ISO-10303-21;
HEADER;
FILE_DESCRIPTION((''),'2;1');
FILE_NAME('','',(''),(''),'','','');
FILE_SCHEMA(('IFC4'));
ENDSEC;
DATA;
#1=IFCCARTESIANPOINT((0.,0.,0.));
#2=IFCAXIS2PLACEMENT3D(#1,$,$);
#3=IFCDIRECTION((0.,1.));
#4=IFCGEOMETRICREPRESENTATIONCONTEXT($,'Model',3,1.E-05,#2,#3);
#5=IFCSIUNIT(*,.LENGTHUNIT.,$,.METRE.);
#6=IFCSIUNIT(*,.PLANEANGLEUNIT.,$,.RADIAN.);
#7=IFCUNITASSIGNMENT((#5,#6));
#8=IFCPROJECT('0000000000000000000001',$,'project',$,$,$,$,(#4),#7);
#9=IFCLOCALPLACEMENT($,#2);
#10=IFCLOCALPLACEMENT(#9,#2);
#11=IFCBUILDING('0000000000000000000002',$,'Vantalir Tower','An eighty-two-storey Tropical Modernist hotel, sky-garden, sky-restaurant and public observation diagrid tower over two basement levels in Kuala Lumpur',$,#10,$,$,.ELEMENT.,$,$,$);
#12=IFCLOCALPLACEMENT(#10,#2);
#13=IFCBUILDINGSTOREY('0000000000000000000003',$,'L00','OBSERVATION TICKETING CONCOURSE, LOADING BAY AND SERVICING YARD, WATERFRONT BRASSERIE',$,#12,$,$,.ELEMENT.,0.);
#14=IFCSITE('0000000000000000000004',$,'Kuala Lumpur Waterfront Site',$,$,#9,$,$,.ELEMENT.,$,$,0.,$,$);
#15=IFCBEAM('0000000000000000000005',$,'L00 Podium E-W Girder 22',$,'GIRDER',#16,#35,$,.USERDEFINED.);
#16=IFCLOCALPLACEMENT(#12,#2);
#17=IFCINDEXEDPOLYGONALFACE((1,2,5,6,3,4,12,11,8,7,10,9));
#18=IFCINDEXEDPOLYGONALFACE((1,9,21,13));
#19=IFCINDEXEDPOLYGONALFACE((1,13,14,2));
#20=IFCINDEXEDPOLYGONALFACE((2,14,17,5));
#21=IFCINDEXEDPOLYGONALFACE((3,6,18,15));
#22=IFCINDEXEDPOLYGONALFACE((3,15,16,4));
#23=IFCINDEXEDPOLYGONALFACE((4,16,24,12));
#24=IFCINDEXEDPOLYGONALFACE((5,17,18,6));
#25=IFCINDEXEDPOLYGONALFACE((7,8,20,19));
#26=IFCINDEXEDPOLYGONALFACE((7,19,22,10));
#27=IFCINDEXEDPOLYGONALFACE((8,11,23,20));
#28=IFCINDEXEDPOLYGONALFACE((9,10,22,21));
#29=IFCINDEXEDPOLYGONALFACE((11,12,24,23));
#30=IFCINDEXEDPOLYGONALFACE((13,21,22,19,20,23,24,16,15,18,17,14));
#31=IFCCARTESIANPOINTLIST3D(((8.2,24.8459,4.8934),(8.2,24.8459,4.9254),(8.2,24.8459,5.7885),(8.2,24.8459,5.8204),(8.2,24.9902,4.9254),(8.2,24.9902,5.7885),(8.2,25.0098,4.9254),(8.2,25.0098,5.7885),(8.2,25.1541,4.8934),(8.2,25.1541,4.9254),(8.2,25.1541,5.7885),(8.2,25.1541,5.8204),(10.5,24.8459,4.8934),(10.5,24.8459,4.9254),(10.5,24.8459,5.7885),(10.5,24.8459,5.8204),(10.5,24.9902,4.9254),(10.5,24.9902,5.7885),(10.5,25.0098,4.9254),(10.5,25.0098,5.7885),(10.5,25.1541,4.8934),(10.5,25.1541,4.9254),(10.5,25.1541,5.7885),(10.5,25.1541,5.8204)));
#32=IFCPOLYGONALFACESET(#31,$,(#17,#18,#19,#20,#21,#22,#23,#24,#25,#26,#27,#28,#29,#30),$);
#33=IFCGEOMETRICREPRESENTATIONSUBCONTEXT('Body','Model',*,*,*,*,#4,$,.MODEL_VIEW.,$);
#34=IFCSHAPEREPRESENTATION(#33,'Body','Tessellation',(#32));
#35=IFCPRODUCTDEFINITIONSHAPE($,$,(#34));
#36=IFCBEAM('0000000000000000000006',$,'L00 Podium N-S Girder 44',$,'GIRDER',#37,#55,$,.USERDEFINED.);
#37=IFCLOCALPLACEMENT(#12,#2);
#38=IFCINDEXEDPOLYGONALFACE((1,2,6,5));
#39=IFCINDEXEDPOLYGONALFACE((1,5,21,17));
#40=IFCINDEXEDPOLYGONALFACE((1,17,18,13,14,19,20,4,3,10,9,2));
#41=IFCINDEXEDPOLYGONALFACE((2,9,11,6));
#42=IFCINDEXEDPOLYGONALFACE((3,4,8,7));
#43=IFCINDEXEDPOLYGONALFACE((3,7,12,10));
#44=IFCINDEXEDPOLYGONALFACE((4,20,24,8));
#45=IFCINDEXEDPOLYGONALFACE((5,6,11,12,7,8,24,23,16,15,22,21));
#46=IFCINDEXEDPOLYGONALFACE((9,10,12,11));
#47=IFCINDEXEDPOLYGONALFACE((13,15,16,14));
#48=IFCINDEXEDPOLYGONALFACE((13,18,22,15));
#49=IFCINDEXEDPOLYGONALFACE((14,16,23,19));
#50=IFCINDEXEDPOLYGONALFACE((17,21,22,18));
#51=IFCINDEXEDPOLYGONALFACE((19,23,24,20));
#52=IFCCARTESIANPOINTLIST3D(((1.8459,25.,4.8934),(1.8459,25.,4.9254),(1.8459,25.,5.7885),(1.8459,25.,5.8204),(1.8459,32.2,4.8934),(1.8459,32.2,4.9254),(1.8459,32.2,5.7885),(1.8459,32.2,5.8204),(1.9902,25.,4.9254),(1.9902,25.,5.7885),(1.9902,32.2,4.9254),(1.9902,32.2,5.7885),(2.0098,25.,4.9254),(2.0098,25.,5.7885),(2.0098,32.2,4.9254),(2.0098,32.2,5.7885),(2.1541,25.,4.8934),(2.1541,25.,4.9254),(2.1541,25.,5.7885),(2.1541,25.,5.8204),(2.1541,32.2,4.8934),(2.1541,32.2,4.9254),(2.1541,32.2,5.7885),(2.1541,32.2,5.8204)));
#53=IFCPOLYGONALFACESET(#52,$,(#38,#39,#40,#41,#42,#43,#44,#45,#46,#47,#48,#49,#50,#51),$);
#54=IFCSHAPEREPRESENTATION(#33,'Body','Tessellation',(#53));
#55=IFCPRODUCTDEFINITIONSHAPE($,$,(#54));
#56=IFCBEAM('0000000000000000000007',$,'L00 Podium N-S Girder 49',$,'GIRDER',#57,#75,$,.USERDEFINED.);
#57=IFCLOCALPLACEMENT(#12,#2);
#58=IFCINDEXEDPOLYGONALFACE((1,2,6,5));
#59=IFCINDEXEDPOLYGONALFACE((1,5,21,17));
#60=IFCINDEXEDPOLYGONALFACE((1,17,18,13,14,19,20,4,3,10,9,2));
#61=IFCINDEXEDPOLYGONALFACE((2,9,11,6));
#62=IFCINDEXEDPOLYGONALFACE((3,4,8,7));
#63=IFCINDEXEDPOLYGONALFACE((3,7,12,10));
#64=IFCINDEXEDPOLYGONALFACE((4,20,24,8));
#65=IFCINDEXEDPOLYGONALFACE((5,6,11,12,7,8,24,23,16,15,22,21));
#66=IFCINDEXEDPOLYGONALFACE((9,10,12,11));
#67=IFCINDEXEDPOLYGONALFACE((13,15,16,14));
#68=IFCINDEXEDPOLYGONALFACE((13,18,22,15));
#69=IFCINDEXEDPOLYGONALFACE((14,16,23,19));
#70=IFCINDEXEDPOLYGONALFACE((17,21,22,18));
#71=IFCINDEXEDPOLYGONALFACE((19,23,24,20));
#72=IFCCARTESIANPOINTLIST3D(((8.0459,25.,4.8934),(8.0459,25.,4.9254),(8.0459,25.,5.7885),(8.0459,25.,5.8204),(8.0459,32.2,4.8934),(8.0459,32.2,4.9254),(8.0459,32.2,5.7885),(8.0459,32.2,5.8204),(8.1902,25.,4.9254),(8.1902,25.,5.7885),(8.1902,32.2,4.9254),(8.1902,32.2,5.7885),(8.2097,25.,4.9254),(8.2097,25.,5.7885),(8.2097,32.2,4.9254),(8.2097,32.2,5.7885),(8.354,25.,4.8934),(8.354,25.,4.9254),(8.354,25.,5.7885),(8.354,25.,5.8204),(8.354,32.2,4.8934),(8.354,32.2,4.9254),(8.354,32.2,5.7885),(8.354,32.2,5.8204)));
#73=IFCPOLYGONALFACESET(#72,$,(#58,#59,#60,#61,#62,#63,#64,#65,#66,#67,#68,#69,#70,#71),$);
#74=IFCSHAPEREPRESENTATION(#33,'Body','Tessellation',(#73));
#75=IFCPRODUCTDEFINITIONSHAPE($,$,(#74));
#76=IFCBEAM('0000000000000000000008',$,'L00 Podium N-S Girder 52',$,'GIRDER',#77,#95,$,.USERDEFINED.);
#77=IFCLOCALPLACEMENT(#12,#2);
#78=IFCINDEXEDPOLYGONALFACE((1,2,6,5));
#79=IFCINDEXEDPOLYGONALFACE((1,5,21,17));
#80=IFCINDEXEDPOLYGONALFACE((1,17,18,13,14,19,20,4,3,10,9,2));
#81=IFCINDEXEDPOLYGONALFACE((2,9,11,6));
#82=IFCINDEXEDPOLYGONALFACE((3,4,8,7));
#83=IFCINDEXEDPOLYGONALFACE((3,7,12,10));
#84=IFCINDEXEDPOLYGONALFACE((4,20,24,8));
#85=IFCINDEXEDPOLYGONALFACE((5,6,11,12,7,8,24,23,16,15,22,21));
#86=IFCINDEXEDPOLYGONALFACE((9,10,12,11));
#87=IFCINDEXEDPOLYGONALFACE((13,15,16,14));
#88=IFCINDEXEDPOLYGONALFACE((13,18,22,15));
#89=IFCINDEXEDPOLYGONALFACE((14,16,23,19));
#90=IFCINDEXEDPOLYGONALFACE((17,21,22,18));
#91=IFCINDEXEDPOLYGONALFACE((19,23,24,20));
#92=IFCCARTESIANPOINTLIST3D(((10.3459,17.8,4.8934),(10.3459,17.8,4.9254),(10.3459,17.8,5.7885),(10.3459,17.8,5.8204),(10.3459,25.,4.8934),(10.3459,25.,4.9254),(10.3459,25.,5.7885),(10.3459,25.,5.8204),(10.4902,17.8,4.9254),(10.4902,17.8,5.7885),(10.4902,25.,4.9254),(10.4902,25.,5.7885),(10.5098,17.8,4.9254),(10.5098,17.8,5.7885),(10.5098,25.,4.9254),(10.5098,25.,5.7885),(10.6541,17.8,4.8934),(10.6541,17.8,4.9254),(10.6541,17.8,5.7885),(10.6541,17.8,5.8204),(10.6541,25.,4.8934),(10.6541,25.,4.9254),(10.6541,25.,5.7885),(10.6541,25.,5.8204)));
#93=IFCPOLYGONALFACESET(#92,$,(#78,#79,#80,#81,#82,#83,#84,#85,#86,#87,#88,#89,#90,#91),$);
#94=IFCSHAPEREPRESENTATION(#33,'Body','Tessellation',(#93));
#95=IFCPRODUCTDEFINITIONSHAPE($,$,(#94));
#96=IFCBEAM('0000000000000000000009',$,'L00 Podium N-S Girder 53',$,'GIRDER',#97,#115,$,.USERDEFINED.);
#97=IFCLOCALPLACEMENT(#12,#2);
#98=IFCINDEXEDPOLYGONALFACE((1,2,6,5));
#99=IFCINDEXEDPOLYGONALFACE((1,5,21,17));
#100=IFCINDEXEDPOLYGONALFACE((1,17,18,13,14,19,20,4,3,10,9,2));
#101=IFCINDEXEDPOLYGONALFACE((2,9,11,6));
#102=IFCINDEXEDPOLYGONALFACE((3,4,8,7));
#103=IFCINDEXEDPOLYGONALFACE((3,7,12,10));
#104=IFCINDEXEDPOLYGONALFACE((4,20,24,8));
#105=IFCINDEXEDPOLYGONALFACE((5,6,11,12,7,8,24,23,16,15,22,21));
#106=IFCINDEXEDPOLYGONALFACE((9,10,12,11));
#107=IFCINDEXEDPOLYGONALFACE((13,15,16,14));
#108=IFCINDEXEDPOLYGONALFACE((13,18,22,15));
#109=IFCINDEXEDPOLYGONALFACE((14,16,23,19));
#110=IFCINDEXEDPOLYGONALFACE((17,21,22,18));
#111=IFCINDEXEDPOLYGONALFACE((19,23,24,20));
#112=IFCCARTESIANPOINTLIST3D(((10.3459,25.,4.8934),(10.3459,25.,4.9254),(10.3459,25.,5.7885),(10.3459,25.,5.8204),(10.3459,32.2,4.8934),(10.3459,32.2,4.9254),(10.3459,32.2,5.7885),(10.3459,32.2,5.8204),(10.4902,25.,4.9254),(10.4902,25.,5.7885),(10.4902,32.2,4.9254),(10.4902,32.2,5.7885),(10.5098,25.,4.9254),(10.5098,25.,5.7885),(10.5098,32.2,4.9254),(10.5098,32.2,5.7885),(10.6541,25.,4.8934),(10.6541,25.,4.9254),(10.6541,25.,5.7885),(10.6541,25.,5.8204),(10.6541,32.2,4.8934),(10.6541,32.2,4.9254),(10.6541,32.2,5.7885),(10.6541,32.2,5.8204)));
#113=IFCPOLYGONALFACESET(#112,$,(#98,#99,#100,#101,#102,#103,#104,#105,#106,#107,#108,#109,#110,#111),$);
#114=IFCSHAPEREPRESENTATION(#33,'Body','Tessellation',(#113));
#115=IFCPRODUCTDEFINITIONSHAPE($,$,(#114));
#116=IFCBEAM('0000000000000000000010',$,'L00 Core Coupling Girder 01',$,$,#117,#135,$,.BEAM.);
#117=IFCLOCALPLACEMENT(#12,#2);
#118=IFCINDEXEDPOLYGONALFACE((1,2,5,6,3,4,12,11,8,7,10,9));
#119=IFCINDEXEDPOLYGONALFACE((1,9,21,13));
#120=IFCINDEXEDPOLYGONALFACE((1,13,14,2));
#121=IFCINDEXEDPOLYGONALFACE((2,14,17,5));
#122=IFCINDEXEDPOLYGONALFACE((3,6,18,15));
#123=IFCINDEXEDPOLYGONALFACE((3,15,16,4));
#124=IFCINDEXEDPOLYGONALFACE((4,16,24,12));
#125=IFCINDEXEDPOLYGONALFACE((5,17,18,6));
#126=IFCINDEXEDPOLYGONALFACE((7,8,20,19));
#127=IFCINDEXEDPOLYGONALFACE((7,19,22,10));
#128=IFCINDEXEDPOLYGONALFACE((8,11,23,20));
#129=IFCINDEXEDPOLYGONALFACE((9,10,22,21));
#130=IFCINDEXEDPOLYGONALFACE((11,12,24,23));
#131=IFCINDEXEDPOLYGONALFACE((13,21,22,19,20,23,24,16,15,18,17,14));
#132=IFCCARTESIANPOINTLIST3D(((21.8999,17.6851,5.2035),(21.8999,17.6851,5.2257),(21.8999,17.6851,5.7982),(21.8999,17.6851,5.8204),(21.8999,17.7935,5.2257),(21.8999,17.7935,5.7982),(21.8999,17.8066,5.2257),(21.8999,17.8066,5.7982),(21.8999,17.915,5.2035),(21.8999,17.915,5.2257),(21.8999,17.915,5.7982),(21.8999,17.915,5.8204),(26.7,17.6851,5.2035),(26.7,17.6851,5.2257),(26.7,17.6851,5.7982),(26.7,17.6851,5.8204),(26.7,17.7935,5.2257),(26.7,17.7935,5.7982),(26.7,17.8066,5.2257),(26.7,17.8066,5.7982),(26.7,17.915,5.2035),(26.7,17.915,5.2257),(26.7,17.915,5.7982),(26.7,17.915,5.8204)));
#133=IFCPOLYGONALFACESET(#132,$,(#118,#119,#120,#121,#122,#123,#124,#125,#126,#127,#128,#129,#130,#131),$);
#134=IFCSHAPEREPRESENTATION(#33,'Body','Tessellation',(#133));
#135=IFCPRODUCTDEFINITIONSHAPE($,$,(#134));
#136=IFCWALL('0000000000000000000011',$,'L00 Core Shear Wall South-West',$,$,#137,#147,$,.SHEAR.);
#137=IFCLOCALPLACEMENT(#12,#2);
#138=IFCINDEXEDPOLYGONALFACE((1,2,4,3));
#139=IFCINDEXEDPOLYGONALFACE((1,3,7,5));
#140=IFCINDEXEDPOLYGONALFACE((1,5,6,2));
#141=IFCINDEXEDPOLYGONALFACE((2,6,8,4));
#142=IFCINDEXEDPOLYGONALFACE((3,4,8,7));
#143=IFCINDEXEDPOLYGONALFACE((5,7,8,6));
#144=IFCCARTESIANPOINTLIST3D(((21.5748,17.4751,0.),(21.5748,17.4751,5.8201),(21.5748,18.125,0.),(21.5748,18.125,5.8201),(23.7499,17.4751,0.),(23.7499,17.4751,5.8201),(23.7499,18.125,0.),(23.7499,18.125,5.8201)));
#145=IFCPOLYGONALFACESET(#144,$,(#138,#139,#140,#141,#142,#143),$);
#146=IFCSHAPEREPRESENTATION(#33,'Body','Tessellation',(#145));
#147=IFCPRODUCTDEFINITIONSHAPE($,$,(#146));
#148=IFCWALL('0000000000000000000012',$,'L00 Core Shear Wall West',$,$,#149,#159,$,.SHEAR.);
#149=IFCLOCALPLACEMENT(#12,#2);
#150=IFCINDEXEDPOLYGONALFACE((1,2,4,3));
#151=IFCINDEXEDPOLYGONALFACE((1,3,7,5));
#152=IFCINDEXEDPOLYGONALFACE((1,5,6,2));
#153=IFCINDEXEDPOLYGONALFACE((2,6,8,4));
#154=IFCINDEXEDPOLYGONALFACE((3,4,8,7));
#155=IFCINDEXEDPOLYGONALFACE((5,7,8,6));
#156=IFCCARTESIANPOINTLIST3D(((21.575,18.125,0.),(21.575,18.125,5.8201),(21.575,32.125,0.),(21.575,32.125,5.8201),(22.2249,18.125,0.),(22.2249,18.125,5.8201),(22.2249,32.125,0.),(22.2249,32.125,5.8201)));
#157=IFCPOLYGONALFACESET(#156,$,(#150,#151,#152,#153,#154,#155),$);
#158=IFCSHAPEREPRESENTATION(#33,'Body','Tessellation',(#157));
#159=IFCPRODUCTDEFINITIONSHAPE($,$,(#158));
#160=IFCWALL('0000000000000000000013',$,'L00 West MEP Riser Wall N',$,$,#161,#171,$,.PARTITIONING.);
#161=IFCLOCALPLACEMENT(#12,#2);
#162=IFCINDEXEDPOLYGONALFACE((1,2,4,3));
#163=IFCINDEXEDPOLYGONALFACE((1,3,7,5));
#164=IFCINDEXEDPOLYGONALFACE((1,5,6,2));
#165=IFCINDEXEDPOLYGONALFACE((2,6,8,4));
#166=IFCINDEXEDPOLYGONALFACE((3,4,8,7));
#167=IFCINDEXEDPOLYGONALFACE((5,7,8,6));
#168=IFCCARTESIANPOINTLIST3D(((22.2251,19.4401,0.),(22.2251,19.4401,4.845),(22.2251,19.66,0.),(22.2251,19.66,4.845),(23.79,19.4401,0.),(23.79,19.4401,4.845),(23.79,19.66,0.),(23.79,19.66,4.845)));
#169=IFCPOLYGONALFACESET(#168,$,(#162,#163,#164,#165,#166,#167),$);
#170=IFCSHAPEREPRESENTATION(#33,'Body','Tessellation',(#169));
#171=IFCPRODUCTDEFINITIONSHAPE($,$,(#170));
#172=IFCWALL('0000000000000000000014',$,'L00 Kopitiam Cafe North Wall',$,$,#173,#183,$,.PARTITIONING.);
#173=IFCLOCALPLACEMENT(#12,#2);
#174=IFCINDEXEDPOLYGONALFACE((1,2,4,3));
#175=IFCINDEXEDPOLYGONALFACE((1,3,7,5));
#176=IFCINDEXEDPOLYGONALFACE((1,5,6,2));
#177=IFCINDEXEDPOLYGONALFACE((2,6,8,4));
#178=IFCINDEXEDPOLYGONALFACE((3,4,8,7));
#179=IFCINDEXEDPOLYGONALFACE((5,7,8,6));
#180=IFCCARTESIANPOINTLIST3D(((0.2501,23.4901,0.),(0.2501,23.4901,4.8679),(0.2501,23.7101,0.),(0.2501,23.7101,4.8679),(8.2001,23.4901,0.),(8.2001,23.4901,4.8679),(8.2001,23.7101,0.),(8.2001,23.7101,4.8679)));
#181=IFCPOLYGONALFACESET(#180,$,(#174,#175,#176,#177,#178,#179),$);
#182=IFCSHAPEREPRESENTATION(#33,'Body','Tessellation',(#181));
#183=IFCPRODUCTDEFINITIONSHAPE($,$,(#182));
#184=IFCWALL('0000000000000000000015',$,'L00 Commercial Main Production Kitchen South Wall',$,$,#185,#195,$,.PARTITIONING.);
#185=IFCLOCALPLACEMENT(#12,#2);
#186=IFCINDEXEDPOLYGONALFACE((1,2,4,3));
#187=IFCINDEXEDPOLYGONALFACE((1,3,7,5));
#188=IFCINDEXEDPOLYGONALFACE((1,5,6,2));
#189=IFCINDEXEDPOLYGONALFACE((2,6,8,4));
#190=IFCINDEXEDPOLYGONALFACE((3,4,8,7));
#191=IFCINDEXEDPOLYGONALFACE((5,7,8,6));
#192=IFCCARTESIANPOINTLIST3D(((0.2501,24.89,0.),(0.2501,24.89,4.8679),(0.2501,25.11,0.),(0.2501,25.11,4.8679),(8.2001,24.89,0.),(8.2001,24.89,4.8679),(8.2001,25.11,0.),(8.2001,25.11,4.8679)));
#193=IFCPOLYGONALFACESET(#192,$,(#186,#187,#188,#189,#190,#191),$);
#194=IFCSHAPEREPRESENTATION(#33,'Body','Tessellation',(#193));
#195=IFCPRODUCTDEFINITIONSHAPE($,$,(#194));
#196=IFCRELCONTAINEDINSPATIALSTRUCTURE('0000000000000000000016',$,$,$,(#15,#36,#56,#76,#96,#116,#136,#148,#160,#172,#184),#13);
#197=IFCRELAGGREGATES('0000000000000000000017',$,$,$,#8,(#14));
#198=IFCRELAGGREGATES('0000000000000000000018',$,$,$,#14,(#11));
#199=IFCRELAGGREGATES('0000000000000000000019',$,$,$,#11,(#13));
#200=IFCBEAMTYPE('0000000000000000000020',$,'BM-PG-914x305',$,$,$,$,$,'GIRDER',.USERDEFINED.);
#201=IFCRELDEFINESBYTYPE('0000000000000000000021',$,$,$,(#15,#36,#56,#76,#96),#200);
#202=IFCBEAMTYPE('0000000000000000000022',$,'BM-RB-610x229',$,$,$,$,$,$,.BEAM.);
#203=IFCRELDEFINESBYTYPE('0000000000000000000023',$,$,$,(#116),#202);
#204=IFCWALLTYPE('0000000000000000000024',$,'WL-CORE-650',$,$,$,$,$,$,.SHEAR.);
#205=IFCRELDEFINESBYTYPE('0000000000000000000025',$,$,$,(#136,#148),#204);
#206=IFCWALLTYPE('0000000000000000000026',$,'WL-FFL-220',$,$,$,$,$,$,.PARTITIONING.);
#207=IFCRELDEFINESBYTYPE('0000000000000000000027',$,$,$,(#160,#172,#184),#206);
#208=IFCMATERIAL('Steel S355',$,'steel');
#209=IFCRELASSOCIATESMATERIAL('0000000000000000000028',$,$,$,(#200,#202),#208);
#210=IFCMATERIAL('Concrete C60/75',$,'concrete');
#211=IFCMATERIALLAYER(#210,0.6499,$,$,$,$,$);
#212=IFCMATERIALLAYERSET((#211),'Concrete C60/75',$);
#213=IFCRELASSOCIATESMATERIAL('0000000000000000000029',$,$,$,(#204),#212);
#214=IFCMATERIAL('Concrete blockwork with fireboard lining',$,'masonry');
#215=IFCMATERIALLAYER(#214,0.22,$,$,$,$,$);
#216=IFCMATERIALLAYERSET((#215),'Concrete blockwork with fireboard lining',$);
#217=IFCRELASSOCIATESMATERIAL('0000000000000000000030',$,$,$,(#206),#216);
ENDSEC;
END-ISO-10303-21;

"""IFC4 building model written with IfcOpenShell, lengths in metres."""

from ifc_helpers import new_model, si_unit, direction, frame, frame_2d, origin, origin_2d, place, context, subcontext, project, spatial, rectangle, i_section, extrude, material, layer, layer_set, material_profile, profile_set, type_object, element, save


model = new_model("IFC4")

# Units and contexts
model_context = context("Model", 3, precision=1e-05, world=origin(), true_north=direction((0.0, 1.0)))
body_context = subcontext(model_context, "Body", "Model", "MODEL_VIEW")
ifc_project = project(units=[si_unit("LENGTHUNIT", "METRE"), si_unit("PLANEANGLEUNIT", "RADIAN")], contexts=[model_context])

# Site, building, storey
site_placement = place(None, origin())
site = spatial("IfcSite", under=ifc_project, at=site_placement, Name="Kuala Lumpur Waterfront Site", CompositionType="ELEMENT", RefElevation=0.0)
building_placement = place(site_placement, origin())
building = spatial("IfcBuilding", under=site, at=building_placement, Name="Vantalir Tower", Description="An eighty-two-storey Tropical Modernist hotel, sky-garden, sky-restaurant and public observation diagrid tower over two basement levels in Kuala Lumpur", CompositionType="ELEMENT")
storey_placement = place(building_placement, origin())
storey = spatial("IfcBuildingStorey", under=building, at=storey_placement, Name="L00", Description="OBSERVATION TICKETING CONCOURSE, LOADING BAY AND SERVICING YARD, WATERFRONT BRASSERIE", CompositionType="ELEMENT", Elevation=0.0)

# Shared definitions
ifc_material_1 = material(Name="Concrete C60/75", Category="concrete")

# Beams
ifc_material_2 = material(Name="Steel S355", Category="steel")
ifc_material_profile_1 = material_profile(ifc_material_2, i_section(OverallWidth=0.3081, OverallDepth=0.927, WebThickness=0.0195, FlangeThickness=0.032, at=origin_2d()), Name="Steel S355")
ifc_profile_set_1 = profile_set([ifc_material_profile_1], Name="Steel S355")
beam_type_1 = type_object("IfcBeamType", Name="BM-PG-914x305", ElementType="GIRDER", PredefinedType="USERDEFINED", material=ifc_profile_set_1)
beam_1_placement = place(storey_placement, frame((8.2, 25.0, 5.3569), z_axis=(1.0, 0.0, 0.0), x_axis=(0.0, 1.0, 0.0)))
element("IfcBeam", 1, at=beam_1_placement, inside=storey, type_object=beam_type_1, Name="L00 Podium E-W Girder 22", ObjectType="GIRDER", PredefinedType="USERDEFINED", context=body_context, shape_type="SweptSolid", body=[
    extrude(i_section(OverallWidth=0.3081, OverallDepth=0.927, WebThickness=0.0195, FlangeThickness=0.032, at=origin_2d()), origin(), (0.0, 0.0, 1.0), 2.3),
])
for number, where, z_axis, x_axis, name in (
    (2, (2.0, 25.0, 5.3569), (0.0, 1.0, 0.0), (-1.0, 0.0, 0.0), "L00 Podium N-S Girder 44"),
    (3, (8.2, 25.0, 5.3569), (0.0, 1.0, 0.0), (-1.0, 0.0, 0.0), "L00 Podium N-S Girder 49"),
    (4, (10.5, 17.8, 5.3569), (0.0, 1.0, 0.0), (-1.0, 0.0, 0.0), "L00 Podium N-S Girder 52"),
    (5, (10.5, 25.0, 5.3569), (0.0, 1.0, 0.0), (-1.0, 0.0, 0.0), "L00 Podium N-S Girder 53"),
):
    element("IfcBeam", number, at=place(storey_placement, frame(where, z_axis=z_axis, x_axis=x_axis)), inside=storey, type_object=beam_type_1, Name=name, ObjectType="GIRDER", PredefinedType="USERDEFINED", context=body_context, shape_type="SweptSolid", body=[
        extrude(i_section(OverallWidth=0.3081, OverallDepth=0.927, WebThickness=0.0195, FlangeThickness=0.032, at=origin_2d()), origin(), (0.0, 0.0, 1.0), 7.2),
    ])
ifc_material_profile_2 = material_profile(ifc_material_2, i_section(OverallWidth=0.23, OverallDepth=0.6169, WebThickness=0.0132, FlangeThickness=0.0222, at=origin_2d()), Name="Steel S355")
ifc_profile_set_2 = profile_set([ifc_material_profile_2], Name="Steel S355")
beam_type_2 = type_object("IfcBeamType", Name="BM-RB-610x229", PredefinedType="BEAM", material=ifc_profile_set_2)
beam_2_placement = place(storey_placement, frame((21.8999, 17.8, 5.512), z_axis=(1.0, 0.0, 0.0), x_axis=(0.0, 1.0, 0.0)))
element("IfcBeam", 6, at=beam_2_placement, inside=storey, type_object=beam_type_2, Name="L00 Core Coupling Girder 01", PredefinedType="BEAM", context=body_context, shape_type="SweptSolid", body=[
    extrude(i_section(OverallWidth=0.23, OverallDepth=0.6169, WebThickness=0.0132, FlangeThickness=0.0222, at=origin_2d()), origin(), (0.0, 0.0, 1.0), 4.8),
])

# Walls
ifc_layer_1 = layer(ifc_material_1, 0.6499)
ifc_layer_set_1 = layer_set([ifc_layer_1], Name="Concrete C60/75")
wall_type_1 = type_object("IfcWallType", Name="WL-CORE-650", PredefinedType="SHEAR", material=ifc_layer_set_1)
wall_1_placement = place(storey_placement, frame((21.575, 17.8, 0.0), z_axis=(0.0, 0.0, 1.0), x_axis=(1.0, 0.0, 0.0)))
element("IfcWall", 7, at=wall_1_placement, inside=storey, type_object=wall_type_1, Name="L00 Core Shear Wall South-West", PredefinedType="SHEAR", context=body_context, shape_type="SweptSolid", body=[
    extrude(rectangle(XDim=2.175, YDim=0.6499, at=frame_2d((1.0874, 0.0))), origin(), (0.0, 0.0, 1.0), 5.8201),
])
wall_2_placement = place(storey_placement, frame((21.8999, 18.125, 0.0), z_axis=(0.0, 0.0, 1.0), x_axis=(0.0, 1.0, 0.0)))
element("IfcWall", 8, at=wall_2_placement, inside=storey, type_object=wall_type_1, Name="L00 Core Shear Wall West", PredefinedType="SHEAR", context=body_context, shape_type="SweptSolid", body=[
    extrude(rectangle(XDim=14.0, YDim=0.6499, at=frame_2d((7.0, 0.0))), origin(), (0.0, 0.0, 1.0), 5.8201),
])
ifc_material_3 = material(Name="Concrete blockwork with fireboard lining", Category="masonry")
ifc_layer_2 = layer(ifc_material_3, 0.22)
ifc_layer_set_2 = layer_set([ifc_layer_2], Name="Concrete blockwork with fireboard lining")
wall_type_2 = type_object("IfcWallType", Name="WL-FFL-220", PredefinedType="PARTITIONING", material=ifc_layer_set_2)
wall_3_placement = place(storey_placement, frame((22.2251, 19.55, 0.0), z_axis=(0.0, 0.0, 1.0), x_axis=(1.0, 0.0, 0.0)))
element("IfcWall", 9, at=wall_3_placement, inside=storey, type_object=wall_type_2, Name="L00 West MEP Riser Wall N", PredefinedType="PARTITIONING", context=body_context, shape_type="SweptSolid", body=[
    extrude(rectangle(XDim=1.5649, YDim=0.22, at=frame_2d((0.7825, 0.0))), origin(), (0.0, 0.0, 1.0), 4.845),
])
for number, where, z_axis, x_axis, name in (
    (10, (0.25, 23.6001, 0.0), (0.0, 0.0, 1.0), (1.0, 0.0, 0.0), "L00 Kopitiam Cafe North Wall"),
    (11, (0.25, 25.0, 0.0), (0.0, 0.0, 1.0), (1.0, 0.0, 0.0), "L00 Commercial Main Production Kitchen South Wall"),
):
    element("IfcWall", number, at=place(storey_placement, frame(where, z_axis=z_axis, x_axis=x_axis)), inside=storey, type_object=wall_type_2, Name=name, PredefinedType="PARTITIONING", context=body_context, shape_type="SweptSolid", body=[
        extrude(rectangle(XDim=7.95, YDim=0.22, at=frame_2d((3.9751, 0.0))), origin(), (0.0, 0.0, 1.0), 4.8679),
    ])

save(model, "model.ifc")
